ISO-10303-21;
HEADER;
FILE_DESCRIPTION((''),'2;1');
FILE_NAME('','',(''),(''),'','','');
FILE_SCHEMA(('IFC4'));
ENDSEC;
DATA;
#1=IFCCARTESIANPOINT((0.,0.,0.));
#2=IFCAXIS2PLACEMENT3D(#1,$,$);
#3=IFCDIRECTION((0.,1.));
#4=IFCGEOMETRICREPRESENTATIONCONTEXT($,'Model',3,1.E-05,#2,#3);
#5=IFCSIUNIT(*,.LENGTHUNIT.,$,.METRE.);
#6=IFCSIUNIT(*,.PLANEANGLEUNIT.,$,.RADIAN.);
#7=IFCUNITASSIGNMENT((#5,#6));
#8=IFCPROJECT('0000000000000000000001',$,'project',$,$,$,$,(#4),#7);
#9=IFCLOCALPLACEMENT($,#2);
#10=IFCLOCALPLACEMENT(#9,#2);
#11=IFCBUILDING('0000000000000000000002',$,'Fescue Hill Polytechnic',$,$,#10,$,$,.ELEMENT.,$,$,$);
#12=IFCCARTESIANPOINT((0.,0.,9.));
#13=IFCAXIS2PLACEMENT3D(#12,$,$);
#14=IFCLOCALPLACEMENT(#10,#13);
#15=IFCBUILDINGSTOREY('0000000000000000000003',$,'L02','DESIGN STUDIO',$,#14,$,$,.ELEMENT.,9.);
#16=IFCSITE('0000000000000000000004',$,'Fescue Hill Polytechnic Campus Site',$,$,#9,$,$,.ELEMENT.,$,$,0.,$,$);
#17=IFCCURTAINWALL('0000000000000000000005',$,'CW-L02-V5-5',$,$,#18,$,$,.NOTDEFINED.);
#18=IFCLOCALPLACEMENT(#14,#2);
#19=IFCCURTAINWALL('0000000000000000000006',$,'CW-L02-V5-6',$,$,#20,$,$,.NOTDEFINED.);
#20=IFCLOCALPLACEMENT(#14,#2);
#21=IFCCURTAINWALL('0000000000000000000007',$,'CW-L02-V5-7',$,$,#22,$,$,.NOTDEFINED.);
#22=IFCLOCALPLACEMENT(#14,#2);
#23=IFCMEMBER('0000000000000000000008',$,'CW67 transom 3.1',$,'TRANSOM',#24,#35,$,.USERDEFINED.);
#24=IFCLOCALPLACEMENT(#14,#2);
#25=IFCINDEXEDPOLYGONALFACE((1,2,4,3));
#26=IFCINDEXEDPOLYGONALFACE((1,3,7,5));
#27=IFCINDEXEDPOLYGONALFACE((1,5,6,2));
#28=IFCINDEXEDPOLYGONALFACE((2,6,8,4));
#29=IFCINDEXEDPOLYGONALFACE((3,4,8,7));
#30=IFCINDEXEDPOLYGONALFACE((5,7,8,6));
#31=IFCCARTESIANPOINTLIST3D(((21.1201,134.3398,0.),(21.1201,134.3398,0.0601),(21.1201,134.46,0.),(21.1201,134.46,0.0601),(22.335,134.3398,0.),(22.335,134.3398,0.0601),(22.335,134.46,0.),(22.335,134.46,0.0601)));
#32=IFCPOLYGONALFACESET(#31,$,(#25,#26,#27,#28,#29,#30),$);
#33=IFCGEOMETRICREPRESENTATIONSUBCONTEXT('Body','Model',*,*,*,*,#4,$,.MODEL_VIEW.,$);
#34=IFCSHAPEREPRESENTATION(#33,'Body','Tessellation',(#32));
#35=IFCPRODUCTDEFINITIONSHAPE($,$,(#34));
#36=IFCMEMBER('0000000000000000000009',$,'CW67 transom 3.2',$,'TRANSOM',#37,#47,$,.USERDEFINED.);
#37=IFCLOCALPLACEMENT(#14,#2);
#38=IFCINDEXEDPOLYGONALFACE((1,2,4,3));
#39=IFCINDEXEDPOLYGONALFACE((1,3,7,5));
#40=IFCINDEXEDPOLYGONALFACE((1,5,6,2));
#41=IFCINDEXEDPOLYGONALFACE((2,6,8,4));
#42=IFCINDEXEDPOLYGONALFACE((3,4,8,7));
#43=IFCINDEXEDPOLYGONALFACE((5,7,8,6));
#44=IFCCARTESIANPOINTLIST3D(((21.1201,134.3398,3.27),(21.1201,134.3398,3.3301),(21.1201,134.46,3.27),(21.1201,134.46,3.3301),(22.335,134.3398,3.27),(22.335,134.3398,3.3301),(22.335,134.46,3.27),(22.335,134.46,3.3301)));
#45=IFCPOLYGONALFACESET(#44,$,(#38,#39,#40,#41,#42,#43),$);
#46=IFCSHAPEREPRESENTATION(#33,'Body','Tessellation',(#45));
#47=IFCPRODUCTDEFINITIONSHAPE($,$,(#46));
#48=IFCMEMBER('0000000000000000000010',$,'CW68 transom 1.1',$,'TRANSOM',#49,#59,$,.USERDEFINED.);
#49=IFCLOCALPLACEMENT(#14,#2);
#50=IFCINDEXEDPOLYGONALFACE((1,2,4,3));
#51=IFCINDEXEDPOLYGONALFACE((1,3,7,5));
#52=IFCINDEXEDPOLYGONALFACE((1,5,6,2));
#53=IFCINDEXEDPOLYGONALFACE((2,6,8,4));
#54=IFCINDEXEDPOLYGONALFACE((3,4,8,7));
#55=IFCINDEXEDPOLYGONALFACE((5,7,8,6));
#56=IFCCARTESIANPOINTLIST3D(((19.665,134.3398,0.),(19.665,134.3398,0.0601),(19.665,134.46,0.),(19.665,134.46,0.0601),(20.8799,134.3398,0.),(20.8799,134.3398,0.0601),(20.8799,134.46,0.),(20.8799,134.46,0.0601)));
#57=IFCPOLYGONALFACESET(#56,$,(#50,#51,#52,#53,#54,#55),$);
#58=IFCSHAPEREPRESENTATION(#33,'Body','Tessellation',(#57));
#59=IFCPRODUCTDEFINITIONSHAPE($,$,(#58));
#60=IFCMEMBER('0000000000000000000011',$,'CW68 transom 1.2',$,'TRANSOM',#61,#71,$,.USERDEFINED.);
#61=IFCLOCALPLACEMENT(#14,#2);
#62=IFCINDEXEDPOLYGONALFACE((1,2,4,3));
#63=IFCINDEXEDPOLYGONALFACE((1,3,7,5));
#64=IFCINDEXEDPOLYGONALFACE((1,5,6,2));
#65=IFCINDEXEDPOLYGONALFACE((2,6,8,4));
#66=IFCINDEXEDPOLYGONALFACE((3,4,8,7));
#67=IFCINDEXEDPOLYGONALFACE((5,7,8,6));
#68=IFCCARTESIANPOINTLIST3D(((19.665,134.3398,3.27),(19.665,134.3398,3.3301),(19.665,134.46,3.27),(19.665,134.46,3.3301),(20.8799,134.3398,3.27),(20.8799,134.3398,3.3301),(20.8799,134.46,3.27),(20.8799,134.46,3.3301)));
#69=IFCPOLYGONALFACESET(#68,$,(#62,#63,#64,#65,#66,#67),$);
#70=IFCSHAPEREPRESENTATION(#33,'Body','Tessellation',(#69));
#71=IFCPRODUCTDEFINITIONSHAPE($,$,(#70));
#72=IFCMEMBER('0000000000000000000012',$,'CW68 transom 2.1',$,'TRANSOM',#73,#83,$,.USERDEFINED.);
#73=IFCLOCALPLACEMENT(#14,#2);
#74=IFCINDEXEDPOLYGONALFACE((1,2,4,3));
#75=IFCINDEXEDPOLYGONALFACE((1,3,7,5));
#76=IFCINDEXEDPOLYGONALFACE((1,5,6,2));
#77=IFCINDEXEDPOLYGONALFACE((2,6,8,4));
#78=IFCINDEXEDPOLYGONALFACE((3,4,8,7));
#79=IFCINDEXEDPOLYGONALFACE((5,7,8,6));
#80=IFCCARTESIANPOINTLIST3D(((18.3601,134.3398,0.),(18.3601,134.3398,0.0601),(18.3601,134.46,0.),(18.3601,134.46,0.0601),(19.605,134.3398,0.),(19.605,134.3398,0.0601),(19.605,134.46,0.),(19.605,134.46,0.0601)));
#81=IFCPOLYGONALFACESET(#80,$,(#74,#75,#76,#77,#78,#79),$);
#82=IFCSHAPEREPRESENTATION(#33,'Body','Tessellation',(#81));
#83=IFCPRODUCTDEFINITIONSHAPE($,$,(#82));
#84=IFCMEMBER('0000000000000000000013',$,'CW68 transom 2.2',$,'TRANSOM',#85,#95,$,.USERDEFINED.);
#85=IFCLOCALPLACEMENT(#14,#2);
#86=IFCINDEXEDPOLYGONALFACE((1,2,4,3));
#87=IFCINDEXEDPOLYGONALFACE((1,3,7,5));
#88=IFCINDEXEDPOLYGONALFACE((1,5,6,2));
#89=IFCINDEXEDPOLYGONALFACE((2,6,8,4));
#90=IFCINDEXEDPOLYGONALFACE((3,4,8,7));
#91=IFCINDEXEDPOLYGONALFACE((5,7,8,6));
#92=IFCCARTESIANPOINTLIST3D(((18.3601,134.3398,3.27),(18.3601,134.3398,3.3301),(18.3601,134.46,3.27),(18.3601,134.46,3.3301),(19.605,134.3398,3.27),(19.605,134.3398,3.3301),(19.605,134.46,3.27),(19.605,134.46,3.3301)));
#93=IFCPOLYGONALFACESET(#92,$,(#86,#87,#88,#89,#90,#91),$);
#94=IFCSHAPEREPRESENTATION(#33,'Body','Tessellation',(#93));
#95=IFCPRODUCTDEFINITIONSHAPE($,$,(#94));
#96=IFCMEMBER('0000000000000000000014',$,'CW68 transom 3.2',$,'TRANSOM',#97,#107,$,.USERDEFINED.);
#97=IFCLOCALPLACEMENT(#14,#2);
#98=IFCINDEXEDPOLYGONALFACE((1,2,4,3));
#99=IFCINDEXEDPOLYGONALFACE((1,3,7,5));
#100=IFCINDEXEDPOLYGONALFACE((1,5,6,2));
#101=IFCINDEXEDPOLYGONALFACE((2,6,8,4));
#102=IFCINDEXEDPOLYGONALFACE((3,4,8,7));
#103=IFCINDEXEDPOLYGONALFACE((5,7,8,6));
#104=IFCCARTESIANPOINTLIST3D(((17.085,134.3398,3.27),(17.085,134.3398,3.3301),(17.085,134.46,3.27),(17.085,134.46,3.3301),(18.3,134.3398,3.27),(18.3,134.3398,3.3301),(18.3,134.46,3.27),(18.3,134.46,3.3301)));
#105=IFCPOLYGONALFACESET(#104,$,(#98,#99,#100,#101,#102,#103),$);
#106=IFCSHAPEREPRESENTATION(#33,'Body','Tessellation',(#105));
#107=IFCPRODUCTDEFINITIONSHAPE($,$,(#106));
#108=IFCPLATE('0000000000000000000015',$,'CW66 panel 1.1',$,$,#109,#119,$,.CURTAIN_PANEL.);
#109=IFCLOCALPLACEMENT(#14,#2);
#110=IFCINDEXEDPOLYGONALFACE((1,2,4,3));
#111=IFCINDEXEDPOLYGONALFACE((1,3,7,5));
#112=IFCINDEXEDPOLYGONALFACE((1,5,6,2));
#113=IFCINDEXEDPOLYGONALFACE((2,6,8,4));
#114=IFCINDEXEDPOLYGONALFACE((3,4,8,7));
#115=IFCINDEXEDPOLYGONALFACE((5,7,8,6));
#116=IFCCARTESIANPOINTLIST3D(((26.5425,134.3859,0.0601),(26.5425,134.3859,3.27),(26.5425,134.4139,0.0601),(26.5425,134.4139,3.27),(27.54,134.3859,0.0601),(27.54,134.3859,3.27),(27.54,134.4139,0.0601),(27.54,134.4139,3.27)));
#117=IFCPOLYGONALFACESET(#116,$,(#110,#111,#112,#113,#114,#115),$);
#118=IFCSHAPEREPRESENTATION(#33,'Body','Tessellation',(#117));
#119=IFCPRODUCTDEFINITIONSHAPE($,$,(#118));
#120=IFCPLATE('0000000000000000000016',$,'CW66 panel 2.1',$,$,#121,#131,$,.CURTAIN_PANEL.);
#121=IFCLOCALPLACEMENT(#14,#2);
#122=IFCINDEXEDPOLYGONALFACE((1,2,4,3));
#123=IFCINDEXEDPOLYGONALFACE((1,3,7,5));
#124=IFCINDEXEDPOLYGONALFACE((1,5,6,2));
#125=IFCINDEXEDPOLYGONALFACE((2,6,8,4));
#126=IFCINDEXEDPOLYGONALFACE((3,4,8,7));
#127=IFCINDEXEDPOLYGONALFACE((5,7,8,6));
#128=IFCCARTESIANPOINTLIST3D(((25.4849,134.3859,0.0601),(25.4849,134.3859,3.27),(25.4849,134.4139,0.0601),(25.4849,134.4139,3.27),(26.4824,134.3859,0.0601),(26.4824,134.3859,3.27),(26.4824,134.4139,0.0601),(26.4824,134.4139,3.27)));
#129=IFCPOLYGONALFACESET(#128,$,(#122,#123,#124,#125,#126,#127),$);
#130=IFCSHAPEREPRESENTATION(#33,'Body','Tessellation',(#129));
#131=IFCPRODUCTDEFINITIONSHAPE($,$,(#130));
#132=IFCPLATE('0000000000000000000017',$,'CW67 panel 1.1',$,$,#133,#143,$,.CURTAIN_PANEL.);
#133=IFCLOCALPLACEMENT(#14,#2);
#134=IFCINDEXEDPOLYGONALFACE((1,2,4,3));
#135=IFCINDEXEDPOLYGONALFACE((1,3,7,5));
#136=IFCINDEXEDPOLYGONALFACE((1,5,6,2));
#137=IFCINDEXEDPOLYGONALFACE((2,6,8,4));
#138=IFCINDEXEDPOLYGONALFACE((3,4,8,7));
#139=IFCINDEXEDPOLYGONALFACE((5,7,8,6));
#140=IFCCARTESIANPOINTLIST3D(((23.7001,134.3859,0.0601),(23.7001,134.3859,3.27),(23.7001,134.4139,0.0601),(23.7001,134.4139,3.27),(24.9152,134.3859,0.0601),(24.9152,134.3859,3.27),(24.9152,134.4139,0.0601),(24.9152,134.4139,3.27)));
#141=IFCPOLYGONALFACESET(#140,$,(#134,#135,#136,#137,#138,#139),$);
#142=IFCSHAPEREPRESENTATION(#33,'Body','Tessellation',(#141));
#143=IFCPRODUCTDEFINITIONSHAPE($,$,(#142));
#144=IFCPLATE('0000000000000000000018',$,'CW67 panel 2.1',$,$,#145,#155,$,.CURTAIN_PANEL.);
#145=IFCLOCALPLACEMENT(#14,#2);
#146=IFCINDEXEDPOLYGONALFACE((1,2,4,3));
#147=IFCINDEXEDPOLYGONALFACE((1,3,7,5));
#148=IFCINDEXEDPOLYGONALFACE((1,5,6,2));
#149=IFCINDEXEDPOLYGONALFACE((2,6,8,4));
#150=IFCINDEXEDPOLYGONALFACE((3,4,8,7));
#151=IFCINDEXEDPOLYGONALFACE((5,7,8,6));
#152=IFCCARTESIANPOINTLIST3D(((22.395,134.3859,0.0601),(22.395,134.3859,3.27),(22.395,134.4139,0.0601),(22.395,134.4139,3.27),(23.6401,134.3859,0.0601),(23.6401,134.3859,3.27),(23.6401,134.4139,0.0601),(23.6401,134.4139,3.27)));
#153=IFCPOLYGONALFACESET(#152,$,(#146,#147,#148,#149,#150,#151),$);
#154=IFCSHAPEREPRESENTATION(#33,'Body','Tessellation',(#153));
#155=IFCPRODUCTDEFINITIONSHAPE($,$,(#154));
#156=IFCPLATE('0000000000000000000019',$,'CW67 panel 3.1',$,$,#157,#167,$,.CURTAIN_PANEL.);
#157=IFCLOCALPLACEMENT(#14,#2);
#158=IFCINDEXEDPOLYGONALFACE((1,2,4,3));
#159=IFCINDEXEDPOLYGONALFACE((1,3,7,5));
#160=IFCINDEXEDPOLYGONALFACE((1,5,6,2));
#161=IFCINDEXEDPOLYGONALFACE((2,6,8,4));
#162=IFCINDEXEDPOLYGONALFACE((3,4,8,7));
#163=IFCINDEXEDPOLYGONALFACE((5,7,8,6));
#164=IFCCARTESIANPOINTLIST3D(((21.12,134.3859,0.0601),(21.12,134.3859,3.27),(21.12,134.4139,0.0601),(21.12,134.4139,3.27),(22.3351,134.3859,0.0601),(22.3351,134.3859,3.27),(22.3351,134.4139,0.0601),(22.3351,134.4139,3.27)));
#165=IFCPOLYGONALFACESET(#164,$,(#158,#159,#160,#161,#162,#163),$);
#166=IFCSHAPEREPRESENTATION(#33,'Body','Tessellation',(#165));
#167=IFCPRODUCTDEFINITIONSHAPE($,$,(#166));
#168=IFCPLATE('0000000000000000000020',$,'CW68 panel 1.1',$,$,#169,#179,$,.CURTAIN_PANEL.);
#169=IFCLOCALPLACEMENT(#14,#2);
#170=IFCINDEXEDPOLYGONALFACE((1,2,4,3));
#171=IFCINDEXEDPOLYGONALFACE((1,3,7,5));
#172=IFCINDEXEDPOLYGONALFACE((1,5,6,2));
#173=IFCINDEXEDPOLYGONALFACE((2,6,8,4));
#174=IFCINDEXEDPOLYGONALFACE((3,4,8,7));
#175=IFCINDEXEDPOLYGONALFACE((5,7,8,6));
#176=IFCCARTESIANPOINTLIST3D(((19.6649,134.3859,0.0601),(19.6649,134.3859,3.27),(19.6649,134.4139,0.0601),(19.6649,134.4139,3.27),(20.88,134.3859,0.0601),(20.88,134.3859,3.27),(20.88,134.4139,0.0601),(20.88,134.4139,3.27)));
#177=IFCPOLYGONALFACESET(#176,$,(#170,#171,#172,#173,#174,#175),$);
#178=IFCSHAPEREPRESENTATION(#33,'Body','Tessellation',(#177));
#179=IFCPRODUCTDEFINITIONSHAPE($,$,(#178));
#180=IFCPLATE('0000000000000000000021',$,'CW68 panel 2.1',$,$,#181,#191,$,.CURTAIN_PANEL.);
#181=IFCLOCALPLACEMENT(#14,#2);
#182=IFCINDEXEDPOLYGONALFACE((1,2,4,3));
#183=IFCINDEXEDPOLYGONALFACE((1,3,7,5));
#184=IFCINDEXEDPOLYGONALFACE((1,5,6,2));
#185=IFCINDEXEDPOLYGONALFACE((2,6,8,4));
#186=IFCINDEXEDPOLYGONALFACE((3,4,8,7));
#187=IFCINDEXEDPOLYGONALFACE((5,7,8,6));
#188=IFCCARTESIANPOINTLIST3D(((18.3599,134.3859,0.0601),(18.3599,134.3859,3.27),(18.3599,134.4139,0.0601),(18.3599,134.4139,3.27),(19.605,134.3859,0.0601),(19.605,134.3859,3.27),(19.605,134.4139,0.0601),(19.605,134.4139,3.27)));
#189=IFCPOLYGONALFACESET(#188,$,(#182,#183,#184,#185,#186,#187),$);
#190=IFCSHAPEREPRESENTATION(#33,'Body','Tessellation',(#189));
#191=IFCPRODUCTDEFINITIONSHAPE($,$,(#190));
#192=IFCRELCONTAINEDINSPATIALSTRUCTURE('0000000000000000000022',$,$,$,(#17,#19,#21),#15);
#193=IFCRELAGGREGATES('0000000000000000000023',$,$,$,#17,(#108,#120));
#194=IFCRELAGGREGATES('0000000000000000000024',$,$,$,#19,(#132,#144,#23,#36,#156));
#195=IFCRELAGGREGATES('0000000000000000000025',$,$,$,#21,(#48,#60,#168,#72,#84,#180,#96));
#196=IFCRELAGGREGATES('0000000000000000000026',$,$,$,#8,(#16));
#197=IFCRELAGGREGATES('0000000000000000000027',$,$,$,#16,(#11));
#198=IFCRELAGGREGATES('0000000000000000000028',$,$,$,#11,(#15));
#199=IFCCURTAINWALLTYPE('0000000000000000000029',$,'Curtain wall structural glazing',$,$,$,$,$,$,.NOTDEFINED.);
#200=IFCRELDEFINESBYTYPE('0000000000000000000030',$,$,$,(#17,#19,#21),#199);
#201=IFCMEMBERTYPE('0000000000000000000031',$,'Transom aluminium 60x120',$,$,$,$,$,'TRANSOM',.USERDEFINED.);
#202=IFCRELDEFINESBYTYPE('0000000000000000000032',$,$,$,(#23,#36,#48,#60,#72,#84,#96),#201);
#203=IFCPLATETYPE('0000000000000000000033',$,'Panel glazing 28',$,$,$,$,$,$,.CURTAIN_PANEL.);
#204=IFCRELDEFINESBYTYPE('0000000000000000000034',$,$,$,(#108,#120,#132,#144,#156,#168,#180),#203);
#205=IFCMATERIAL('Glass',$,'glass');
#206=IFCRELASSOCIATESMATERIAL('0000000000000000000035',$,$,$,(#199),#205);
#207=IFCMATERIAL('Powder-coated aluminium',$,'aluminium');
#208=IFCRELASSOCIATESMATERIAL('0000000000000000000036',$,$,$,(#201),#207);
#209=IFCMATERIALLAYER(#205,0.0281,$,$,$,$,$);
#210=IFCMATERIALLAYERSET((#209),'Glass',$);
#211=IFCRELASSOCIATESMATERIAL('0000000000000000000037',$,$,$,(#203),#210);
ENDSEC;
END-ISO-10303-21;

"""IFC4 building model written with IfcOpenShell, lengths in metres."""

from ifc_helpers import new_model, si_unit, direction, frame, origin, origin_2d, place, context, subcontext, project, spatial, rectangle, extrude, material, layer, layer_set, material_profile, profile_set, type_object, element, aggregate, save


model = new_model("IFC4")

# Units and contexts
model_context = context("Model", 3, precision=1e-05, world=origin(), true_north=direction((0.0, 1.0)))
body_context = subcontext(model_context, "Body", "Model", "MODEL_VIEW")
ifc_project = project(units=[si_unit("LENGTHUNIT", "METRE"), si_unit("PLANEANGLEUNIT", "RADIAN")], contexts=[model_context])

# Site, building, storey
site_placement = place(None, origin())
site = spatial("IfcSite", under=ifc_project, at=site_placement, Name="Fescue Hill Polytechnic Campus Site", CompositionType="ELEMENT", RefElevation=0.0)
building_placement = place(site_placement, origin())
building = spatial("IfcBuilding", under=site, at=building_placement, Name="Fescue Hill Polytechnic", CompositionType="ELEMENT")
storey_placement = place(building_placement, frame((0.0, 0.0, 9.0)))
storey = spatial("IfcBuildingStorey", under=building, at=storey_placement, Name="L02", Description="DESIGN STUDIO", CompositionType="ELEMENT", Elevation=9.0)

# Curtain walls
ifc_material_1 = material(Name="Glass", Category="glass")
curtain_wall_type = type_object("IfcCurtainWallType", Name="Curtain wall structural glazing", PredefinedType="NOTDEFINED", material=ifc_material_1)
curtain_wall_1_placement = place(storey_placement, origin())
curtain_wall_1 = element("IfcCurtainWall", 1, at=curtain_wall_1_placement, inside=storey, type_object=curtain_wall_type, Name="CW-L02-V5-5", PredefinedType="NOTDEFINED")
ifc_material_2 = material(Name="Powder-coated aluminium", Category="aluminium")
curtain_wall_2_placement = place(storey_placement, origin())
curtain_wall_2 = element("IfcCurtainWall", 2, at=curtain_wall_2_placement, inside=storey, type_object=curtain_wall_type, Name="CW-L02-V5-6", PredefinedType="NOTDEFINED")
curtain_wall_3_placement = place(storey_placement, origin())
curtain_wall_3 = element("IfcCurtainWall", 3, at=curtain_wall_3_placement, inside=storey, type_object=curtain_wall_type, Name="CW-L02-V5-7", PredefinedType="NOTDEFINED")

# Members
ifc_material_profile_1 = material_profile(ifc_material_2, rectangle(XDim=0.1201, YDim=0.0601, at=origin_2d()), Name="Transom aluminium 60x120")
ifc_profile_set_1 = profile_set([ifc_material_profile_1], Name="Powder-coated aluminium")
member_type_1 = type_object("IfcMemberType", Name="Transom aluminium 60x120", ElementType="TRANSOM", PredefinedType="USERDEFINED", material=ifc_profile_set_1)
member_1_placement = place(storey_placement, frame((22.335, 134.3999, 0.03), z_axis=(-1.0, 0.0, 0.0), x_axis=(0.0, -1.0, 0.0)))
member_1 = element("IfcMember", 4, at=member_1_placement, type_object=member_type_1, Name="CW67 transom 3.1", ObjectType="TRANSOM", PredefinedType="USERDEFINED", context=body_context, shape_type="SweptSolid", body=[
    extrude(rectangle(XDim=0.1201, YDim=0.0601, at=origin_2d()), origin(), (0.0, 0.0, 1.0), 1.2148),
])
member_2_placement = place(storey_placement, frame((22.335, 134.3999, 3.3), z_axis=(-1.0, 0.0, 0.0), x_axis=(0.0, -1.0, 0.0)))
member_2 = element("IfcMember", 5, at=member_2_placement, type_object=member_type_1, Name="CW67 transom 3.2", ObjectType="TRANSOM", PredefinedType="USERDEFINED", context=body_context, shape_type="SweptSolid", body=[
    extrude(rectangle(XDim=0.1201, YDim=0.0601, at=origin_2d()), origin(), (0.0, 0.0, 1.0), 1.2148),
])
member_3_placement = place(storey_placement, frame((20.8799, 134.3999, 0.03), z_axis=(-1.0, 0.0, 0.0), x_axis=(0.0, -1.0, 0.0)))
member_3 = element("IfcMember", 6, at=member_3_placement, type_object=member_type_1, Name="CW68 transom 1.1", ObjectType="TRANSOM", PredefinedType="USERDEFINED", context=body_context, shape_type="SweptSolid", body=[
    extrude(rectangle(XDim=0.1201, YDim=0.0601, at=origin_2d()), origin(), (0.0, 0.0, 1.0), 1.2148),
])
member_4_placement = place(storey_placement, frame((20.8799, 134.3999, 3.3), z_axis=(-1.0, 0.0, 0.0), x_axis=(0.0, -1.0, 0.0)))
member_4 = element("IfcMember", 7, at=member_4_placement, type_object=member_type_1, Name="CW68 transom 1.2", ObjectType="TRANSOM", PredefinedType="USERDEFINED", context=body_context, shape_type="SweptSolid", body=[
    extrude(rectangle(XDim=0.1201, YDim=0.0601, at=origin_2d()), origin(), (0.0, 0.0, 1.0), 1.2148),
])
member_5_placement = place(storey_placement, frame((19.605, 134.3999, 0.03), z_axis=(-1.0, 0.0, 0.0), x_axis=(0.0, -1.0, 0.0)))
member_5 = element("IfcMember", 8, at=member_5_placement, type_object=member_type_1, Name="CW68 transom 2.1", ObjectType="TRANSOM", PredefinedType="USERDEFINED", context=body_context, shape_type="SweptSolid", body=[
    extrude(rectangle(XDim=0.1201, YDim=0.0601, at=origin_2d()), origin(), (0.0, 0.0, 1.0), 1.2449),
])
member_6_placement = place(storey_placement, frame((19.605, 134.3999, 3.3), z_axis=(-1.0, 0.0, 0.0), x_axis=(0.0, -1.0, 0.0)))
member_6 = element("IfcMember", 9, at=member_6_placement, type_object=member_type_1, Name="CW68 transom 2.2", ObjectType="TRANSOM", PredefinedType="USERDEFINED", context=body_context, shape_type="SweptSolid", body=[
    extrude(rectangle(XDim=0.1201, YDim=0.0601, at=origin_2d()), origin(), (0.0, 0.0, 1.0), 1.2449),
])
member_7_placement = place(storey_placement, frame((18.3, 134.3999, 3.3), z_axis=(-1.0, 0.0, 0.0), x_axis=(0.0, -1.0, 0.0)))
member_7 = element("IfcMember", 10, at=member_7_placement, type_object=member_type_1, Name="CW68 transom 3.2", ObjectType="TRANSOM", PredefinedType="USERDEFINED", context=body_context, shape_type="SweptSolid", body=[
    extrude(rectangle(XDim=0.1201, YDim=0.0601, at=origin_2d()), origin(), (0.0, 0.0, 1.0), 1.2151),
])

# Plates
ifc_layer_1 = layer(ifc_material_1, 0.0281)
ifc_layer_set_1 = layer_set([ifc_layer_1], Name="Glass")
plate_type = type_object("IfcPlateType", Name="Panel glazing 28", PredefinedType="CURTAIN_PANEL", material=ifc_layer_set_1)
plate_1_placement = place(storey_placement, frame((27.0413, 134.3999, 0.0601), z_axis=(0.0, 0.0, 1.0), x_axis=(-1.0, 0.0, 0.0)))
plate_1 = element("IfcPlate", 11, at=plate_1_placement, type_object=plate_type, Name="CW66 panel 1.1", PredefinedType="CURTAIN_PANEL", context=body_context, shape_type="SweptSolid", body=[
    extrude(rectangle(XDim=0.9976, YDim=0.0281, at=origin_2d()), origin(), (0.0, 0.0, 1.0), 3.21),
])
plate_2_placement = place(storey_placement, frame((25.9836, 134.3999, 0.0601), z_axis=(0.0, 0.0, 1.0), x_axis=(-1.0, 0.0, 0.0)))
plate_2 = element("IfcPlate", 12, at=plate_2_placement, type_object=plate_type, Name="CW66 panel 2.1", PredefinedType="CURTAIN_PANEL", context=body_context, shape_type="SweptSolid", body=[
    extrude(rectangle(XDim=0.9976, YDim=0.0281, at=origin_2d()), origin(), (0.0, 0.0, 1.0), 3.21),
])
aggregate(curtain_wall_1, [plate_1, plate_2])
plate_3_placement = place(storey_placement, frame((24.3076, 134.3999, 0.0601), z_axis=(0.0, 0.0, 1.0), x_axis=(-1.0, 0.0, 0.0)))
plate_3 = element("IfcPlate", 13, at=plate_3_placement, type_object=plate_type, Name="CW67 panel 1.1", PredefinedType="CURTAIN_PANEL", context=body_context, shape_type="SweptSolid", body=[
    extrude(rectangle(XDim=1.2151, YDim=0.0281, at=origin_2d()), origin(), (0.0, 0.0, 1.0), 3.21),
])
plate_4_placement = place(storey_placement, frame((23.0176, 134.3999, 0.0601), z_axis=(0.0, 0.0, 1.0), x_axis=(-1.0, 0.0, 0.0)))
plate_4 = element("IfcPlate", 14, at=plate_4_placement, type_object=plate_type, Name="CW67 panel 2.1", PredefinedType="CURTAIN_PANEL", context=body_context, shape_type="SweptSolid", body=[
    extrude(rectangle(XDim=1.2451, YDim=0.0281, at=origin_2d()), origin(), (0.0, 0.0, 1.0), 3.21),
])
plate_5_placement = place(storey_placement, frame((21.7275, 134.3999, 0.0601), z_axis=(0.0, 0.0, 1.0), x_axis=(-1.0, 0.0, 0.0)))
plate_5 = element("IfcPlate", 15, at=plate_5_placement, type_object=plate_type, Name="CW67 panel 3.1", PredefinedType="CURTAIN_PANEL", context=body_context, shape_type="SweptSolid", body=[
    extrude(rectangle(XDim=1.2151, YDim=0.0281, at=origin_2d()), origin(), (0.0, 0.0, 1.0), 3.21),
])
aggregate(curtain_wall_2, [plate_3, plate_4, member_1, member_2, plate_5])
plate_6_placement = place(storey_placement, frame((20.2725, 134.3999, 0.0601), z_axis=(0.0, 0.0, 1.0), x_axis=(-1.0, 0.0, 0.0)))
plate_6 = element("IfcPlate", 16, at=plate_6_placement, type_object=plate_type, Name="CW68 panel 1.1", PredefinedType="CURTAIN_PANEL", context=body_context, shape_type="SweptSolid", body=[
    extrude(rectangle(XDim=1.2151, YDim=0.0281, at=origin_2d()), origin(), (0.0, 0.0, 1.0), 3.21),
])
plate_7_placement = place(storey_placement, frame((18.9824, 134.3999, 0.0601), z_axis=(0.0, 0.0, 1.0), x_axis=(-1.0, 0.0, 0.0)))
plate_7 = element("IfcPlate", 17, at=plate_7_placement, type_object=plate_type, Name="CW68 panel 2.1", PredefinedType="CURTAIN_PANEL", context=body_context, shape_type="SweptSolid", body=[
    extrude(rectangle(XDim=1.2451, YDim=0.0281, at=origin_2d()), origin(), (0.0, 0.0, 1.0), 3.21),
])
aggregate(curtain_wall_3, [member_3, member_4, plate_6, member_5, member_6, plate_7, member_7])

save(model, "model.ifc")
